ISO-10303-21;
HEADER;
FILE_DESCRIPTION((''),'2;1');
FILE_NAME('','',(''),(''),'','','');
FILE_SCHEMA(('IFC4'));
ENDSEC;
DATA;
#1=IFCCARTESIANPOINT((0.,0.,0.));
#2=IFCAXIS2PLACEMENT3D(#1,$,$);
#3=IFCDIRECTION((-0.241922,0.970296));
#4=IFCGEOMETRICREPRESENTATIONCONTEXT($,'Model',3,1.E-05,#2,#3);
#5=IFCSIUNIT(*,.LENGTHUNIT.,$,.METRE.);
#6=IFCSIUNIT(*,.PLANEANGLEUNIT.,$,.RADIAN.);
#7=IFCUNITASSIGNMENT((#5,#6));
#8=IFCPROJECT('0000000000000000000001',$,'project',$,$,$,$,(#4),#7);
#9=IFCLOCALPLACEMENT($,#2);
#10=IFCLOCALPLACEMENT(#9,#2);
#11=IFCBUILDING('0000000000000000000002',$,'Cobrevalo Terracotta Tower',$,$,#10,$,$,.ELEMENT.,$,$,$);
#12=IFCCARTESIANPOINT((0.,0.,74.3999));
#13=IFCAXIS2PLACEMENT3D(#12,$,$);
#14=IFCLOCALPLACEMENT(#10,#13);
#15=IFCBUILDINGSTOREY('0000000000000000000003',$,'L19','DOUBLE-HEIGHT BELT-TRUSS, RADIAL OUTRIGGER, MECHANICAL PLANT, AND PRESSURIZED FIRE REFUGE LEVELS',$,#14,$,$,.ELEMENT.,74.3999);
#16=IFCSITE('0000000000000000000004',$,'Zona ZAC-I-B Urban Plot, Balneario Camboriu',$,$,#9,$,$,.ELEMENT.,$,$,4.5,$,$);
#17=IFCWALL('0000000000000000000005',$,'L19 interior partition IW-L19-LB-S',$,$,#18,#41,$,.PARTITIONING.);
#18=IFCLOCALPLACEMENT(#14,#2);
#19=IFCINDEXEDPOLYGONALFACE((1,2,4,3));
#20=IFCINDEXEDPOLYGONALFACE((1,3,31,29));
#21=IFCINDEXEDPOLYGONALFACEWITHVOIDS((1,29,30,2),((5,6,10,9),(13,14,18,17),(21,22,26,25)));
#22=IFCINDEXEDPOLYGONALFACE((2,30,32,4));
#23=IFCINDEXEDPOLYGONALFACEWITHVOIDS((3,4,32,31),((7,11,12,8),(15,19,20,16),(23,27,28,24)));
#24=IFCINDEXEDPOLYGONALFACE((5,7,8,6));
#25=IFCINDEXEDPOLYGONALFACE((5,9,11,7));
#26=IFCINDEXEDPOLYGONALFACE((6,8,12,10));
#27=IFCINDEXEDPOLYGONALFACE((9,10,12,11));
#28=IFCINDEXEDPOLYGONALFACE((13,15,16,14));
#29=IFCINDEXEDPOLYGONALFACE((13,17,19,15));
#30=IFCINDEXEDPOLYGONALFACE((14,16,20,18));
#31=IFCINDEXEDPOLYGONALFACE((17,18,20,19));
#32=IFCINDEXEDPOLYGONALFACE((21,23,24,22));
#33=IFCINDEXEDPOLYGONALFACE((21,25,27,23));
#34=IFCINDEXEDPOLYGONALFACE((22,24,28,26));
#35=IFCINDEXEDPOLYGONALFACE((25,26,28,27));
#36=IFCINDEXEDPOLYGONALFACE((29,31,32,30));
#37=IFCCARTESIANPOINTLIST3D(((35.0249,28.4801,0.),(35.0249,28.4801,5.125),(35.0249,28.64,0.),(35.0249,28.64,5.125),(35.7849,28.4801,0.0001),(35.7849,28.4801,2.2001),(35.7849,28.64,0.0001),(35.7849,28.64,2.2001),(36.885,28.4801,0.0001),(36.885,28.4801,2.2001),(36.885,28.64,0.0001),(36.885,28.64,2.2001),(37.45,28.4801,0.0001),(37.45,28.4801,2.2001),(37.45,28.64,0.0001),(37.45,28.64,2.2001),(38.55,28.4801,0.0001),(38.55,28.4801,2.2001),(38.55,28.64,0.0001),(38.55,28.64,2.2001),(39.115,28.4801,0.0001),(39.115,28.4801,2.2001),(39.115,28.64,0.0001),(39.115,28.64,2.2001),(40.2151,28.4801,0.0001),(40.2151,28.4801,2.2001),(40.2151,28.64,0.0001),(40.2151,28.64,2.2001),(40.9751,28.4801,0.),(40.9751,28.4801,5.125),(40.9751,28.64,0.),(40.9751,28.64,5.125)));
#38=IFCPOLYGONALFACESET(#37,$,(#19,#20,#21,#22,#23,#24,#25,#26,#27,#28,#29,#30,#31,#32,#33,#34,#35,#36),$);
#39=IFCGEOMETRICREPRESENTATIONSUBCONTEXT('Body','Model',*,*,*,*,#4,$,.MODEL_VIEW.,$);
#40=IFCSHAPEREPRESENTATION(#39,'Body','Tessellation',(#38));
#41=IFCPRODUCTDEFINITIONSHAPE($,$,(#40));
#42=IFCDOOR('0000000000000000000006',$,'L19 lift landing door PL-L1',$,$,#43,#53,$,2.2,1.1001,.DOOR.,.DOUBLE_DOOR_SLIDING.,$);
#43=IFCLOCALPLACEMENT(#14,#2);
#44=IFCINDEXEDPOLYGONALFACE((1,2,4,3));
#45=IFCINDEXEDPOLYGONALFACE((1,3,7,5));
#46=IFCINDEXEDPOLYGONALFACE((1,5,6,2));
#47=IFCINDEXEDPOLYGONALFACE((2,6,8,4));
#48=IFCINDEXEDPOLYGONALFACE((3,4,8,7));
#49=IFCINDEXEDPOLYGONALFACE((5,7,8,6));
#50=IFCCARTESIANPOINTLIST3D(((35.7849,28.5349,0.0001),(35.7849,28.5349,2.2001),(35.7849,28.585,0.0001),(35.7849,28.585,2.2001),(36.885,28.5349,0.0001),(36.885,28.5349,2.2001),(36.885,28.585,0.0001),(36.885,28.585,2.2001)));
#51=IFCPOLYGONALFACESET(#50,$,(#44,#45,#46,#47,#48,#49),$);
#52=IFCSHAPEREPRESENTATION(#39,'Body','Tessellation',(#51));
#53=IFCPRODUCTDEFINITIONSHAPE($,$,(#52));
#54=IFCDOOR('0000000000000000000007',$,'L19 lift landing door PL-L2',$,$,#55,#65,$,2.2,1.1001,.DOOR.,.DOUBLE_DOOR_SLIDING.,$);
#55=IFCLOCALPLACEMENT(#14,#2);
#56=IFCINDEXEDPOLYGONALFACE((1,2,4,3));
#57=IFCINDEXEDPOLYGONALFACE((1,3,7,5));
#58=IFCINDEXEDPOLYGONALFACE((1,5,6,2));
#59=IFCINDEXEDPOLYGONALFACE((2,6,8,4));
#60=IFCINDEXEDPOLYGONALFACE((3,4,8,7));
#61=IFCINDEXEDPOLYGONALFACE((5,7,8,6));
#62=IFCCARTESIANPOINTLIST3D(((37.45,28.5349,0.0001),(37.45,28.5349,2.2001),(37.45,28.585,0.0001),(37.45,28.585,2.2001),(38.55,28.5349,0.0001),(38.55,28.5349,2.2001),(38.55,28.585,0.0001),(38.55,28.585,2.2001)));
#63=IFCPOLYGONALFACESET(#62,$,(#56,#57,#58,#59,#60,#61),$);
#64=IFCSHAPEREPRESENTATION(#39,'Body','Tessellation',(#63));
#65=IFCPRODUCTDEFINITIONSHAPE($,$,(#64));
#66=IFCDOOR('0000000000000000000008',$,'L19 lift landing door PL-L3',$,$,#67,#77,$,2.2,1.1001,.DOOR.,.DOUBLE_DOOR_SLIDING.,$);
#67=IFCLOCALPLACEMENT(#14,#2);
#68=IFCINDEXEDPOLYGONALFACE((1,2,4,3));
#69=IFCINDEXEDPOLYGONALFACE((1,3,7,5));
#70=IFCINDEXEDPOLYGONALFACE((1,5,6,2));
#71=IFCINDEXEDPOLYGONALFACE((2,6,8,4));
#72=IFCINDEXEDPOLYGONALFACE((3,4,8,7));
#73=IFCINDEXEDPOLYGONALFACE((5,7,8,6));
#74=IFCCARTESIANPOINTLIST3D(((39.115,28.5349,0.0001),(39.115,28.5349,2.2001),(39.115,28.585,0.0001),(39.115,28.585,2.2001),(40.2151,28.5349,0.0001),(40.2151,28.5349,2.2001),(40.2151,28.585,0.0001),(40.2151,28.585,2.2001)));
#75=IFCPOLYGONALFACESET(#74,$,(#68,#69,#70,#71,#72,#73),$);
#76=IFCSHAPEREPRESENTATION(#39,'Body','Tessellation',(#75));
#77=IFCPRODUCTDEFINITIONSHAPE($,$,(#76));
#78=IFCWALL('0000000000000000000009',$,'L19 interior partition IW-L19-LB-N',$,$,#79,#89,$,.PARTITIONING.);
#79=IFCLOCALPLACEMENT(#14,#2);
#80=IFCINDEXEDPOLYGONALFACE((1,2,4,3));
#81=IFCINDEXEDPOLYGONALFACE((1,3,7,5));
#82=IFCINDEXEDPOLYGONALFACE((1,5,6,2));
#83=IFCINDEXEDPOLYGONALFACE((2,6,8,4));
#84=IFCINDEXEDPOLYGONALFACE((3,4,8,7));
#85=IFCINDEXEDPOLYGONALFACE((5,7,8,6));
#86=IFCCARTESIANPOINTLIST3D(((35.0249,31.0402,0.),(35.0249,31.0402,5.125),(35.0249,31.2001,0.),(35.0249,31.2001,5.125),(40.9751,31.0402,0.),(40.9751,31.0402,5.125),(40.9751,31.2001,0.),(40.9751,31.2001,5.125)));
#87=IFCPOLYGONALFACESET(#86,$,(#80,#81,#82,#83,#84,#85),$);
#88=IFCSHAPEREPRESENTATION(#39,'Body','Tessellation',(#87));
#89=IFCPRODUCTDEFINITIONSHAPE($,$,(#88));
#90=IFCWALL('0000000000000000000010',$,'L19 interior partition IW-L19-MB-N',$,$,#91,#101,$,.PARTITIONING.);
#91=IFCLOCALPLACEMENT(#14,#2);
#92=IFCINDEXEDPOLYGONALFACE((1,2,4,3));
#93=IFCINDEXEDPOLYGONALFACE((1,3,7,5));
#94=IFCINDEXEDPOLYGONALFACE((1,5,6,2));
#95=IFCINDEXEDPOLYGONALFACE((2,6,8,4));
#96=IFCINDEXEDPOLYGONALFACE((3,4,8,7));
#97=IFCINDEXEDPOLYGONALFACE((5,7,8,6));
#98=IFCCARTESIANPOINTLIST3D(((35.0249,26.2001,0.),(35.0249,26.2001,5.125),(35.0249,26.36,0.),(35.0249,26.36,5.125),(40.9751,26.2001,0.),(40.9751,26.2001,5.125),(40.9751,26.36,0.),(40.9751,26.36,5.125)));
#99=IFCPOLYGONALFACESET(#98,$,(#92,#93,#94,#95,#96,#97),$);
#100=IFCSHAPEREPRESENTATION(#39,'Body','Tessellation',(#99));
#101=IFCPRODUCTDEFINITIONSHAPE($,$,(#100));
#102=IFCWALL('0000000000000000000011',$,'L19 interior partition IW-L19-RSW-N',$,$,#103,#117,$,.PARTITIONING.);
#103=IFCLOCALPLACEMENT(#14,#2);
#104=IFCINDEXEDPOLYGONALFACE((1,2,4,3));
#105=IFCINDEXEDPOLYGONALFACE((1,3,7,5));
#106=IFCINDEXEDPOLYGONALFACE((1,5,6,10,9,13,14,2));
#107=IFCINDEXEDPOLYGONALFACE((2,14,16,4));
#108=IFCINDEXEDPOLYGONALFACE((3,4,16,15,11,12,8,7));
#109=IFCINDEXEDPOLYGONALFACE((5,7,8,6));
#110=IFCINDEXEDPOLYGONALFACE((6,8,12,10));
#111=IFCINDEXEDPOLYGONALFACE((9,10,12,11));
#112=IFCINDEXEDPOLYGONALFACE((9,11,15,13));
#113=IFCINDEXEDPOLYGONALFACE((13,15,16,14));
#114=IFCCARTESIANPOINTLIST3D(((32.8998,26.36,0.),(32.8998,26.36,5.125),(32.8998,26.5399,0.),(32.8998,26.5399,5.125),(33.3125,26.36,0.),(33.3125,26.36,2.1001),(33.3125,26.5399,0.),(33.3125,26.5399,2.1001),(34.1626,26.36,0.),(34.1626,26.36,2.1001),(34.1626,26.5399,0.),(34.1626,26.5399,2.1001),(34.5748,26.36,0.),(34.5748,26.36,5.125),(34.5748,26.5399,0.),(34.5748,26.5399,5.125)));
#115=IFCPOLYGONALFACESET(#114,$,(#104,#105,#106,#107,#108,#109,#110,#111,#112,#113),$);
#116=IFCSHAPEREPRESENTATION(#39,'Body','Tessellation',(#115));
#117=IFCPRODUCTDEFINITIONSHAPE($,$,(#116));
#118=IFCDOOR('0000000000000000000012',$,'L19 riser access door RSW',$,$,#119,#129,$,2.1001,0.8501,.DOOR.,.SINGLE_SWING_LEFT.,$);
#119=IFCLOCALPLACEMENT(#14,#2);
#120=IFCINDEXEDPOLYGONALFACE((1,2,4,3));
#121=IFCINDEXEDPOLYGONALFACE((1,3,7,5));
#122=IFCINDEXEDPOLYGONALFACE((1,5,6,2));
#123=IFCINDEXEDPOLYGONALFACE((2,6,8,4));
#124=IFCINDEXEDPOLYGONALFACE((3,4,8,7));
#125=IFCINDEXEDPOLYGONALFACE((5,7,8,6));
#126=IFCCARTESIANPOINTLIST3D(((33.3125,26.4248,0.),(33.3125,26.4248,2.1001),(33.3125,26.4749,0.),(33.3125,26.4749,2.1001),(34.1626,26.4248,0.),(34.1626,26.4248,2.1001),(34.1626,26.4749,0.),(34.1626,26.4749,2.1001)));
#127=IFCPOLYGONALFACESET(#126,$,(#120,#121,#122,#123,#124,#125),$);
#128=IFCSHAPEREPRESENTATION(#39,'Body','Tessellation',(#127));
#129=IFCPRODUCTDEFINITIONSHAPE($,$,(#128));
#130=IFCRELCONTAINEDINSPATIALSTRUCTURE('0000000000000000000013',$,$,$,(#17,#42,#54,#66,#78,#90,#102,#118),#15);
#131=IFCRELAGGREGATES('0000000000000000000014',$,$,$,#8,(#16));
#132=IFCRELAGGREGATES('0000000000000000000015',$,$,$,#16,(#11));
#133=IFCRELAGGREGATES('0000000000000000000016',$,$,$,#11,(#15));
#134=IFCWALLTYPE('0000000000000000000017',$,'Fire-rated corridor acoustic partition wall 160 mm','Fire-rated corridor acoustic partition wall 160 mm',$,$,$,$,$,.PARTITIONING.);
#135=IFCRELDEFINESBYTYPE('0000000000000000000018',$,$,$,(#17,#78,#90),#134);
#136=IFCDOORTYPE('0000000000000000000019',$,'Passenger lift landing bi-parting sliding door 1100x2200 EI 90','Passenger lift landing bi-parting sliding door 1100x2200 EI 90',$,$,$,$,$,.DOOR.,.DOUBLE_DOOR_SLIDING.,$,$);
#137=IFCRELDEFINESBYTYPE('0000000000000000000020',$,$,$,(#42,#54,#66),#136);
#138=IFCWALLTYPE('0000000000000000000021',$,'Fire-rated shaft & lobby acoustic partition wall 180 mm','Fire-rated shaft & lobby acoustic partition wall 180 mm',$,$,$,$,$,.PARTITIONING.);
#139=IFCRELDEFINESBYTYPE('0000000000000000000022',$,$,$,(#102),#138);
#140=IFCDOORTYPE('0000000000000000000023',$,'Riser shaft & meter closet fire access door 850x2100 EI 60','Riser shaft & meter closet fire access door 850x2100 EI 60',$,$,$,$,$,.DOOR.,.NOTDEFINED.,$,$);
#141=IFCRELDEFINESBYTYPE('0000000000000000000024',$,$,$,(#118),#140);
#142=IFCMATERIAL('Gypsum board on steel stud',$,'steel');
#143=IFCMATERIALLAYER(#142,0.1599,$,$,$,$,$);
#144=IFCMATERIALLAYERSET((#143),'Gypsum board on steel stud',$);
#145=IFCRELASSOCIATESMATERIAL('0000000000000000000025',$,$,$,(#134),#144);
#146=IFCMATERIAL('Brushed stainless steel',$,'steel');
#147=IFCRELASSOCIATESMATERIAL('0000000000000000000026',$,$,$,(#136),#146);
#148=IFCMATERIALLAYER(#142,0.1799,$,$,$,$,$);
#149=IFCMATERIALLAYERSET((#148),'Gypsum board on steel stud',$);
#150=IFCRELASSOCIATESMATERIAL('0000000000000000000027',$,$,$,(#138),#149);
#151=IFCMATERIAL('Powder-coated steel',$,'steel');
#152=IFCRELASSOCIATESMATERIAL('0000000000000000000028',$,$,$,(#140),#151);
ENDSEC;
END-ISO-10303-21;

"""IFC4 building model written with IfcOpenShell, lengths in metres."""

from ifc_helpers import new_model, si_unit, direction, frame, frame_2d, origin, place, context, subcontext, project, spatial, rectangle, extrude, source, transform, mapped, material, layer, layer_set, type_object, element, fill, save


model = new_model("IFC4")

# Units and contexts
model_context = context("Model", 3, precision=1e-05, world=origin(), true_north=direction((-0.241922, 0.970296)))
body_context = subcontext(model_context, "Body", "Model", "MODEL_VIEW")
ifc_project = project(units=[si_unit("LENGTHUNIT", "METRE"), si_unit("PLANEANGLEUNIT", "RADIAN")], contexts=[model_context])

# Site, building, storey
site_placement = place(None, origin())
site = spatial("IfcSite", under=ifc_project, at=site_placement, Name="Zona ZAC-I-B Urban Plot, Balneario Camboriu", CompositionType="ELEMENT", RefElevation=4.5)
building_placement = place(site_placement, origin())
building = spatial("IfcBuilding", under=site, at=building_placement, Name="Cobrevalo Terracotta Tower", CompositionType="ELEMENT")
storey_placement = place(building_placement, frame((0.0, 0.0, 74.3999)))
storey = spatial("IfcBuildingStorey", under=building, at=storey_placement, Name="L19", Description="DOUBLE-HEIGHT BELT-TRUSS, RADIAL OUTRIGGER, MECHANICAL PLANT, AND PRESSURIZED FIRE REFUGE LEVELS", CompositionType="ELEMENT", Elevation=74.3999)

# Shared definitions
ifc_material_1 = material(Name="Gypsum board on steel stud", Category="steel")
ifc_layer_1 = layer(ifc_material_1, 0.1599)
ifc_layer_set_1 = layer_set([ifc_layer_1], Name="Gypsum board on steel stud")
wall_type_1 = type_object("IfcWallType", Name="Fire-rated corridor acoustic partition wall 160 mm", Description="Fire-rated corridor acoustic partition wall 160 mm", PredefinedType="PARTITIONING", material=ifc_layer_set_1)

# Wall, openings, doors
wall_1_placement = place(storey_placement, frame((35.0249, 28.5601, 0.0), z_axis=(0.0, 0.0, 1.0), x_axis=(1.0, 0.0, 0.0)))
wall_1 = element("IfcWall", 1, at=wall_1_placement, inside=storey, type_object=wall_type_1, Name="L19 interior partition IW-L19-LB-S", PredefinedType="PARTITIONING", context=body_context, shape_type="SweptSolid", body=[
    extrude(rectangle(XDim=5.9502, YDim=0.1599, at=frame_2d((2.9751, 0.0))), origin(), (0.0, 0.0, 1.0), 5.125),
])
opening_1_placement = place(wall_1_placement, frame((0.76, 0.0, 0.0)))
opening_1 = element("IfcOpeningElement", 2, at=opening_1_placement, cuts=wall_1, PredefinedType="OPENING", context=body_context, shape_type="SweptSolid", body=[
    extrude(rectangle(XDim=1.1001, YDim=2.2, at=frame_2d((0.55, 1.1001))), frame((0.0, 0.0898, 0.0), z_axis=(0.0, -1.0, 0.0), x_axis=(1.0, 0.0, 0.0)), (0.0, 0.0, 1.0), 0.1799),
])
opening_2_placement = place(wall_1_placement, frame((2.425, 0.0, 0.0)))
opening_2 = element("IfcOpeningElement", 3, at=opening_2_placement, cuts=wall_1, PredefinedType="OPENING", context=body_context, shape_type="SweptSolid", body=[
    extrude(rectangle(XDim=1.1001, YDim=2.2, at=frame_2d((0.55, 1.1001))), frame((0.0, 0.0898, 0.0), z_axis=(0.0, -1.0, 0.0), x_axis=(1.0, 0.0, 0.0)), (0.0, 0.0, 1.0), 0.1799),
])
opening_3_placement = place(wall_1_placement, frame((4.0901, 0.0, 0.0)))
opening_3 = element("IfcOpeningElement", 4, at=opening_3_placement, cuts=wall_1, PredefinedType="OPENING", context=body_context, shape_type="SweptSolid", body=[
    extrude(rectangle(XDim=1.1001, YDim=2.2, at=frame_2d((0.55, 1.1001))), frame((0.0, 0.0898, 0.0), z_axis=(0.0, -1.0, 0.0), x_axis=(1.0, 0.0, 0.0)), (0.0, 0.0, 1.0), 0.1799),
])
ifc_material_2 = material(Name="Brushed stainless steel", Category="steel")
door_type_1 = type_object("IfcDoorType", Name="Passenger lift landing bi-parting sliding door 1100x2200 EI 90", Description="Passenger lift landing bi-parting sliding door 1100x2200 EI 90", OperationType="DOUBLE_DOOR_SLIDING", PredefinedType="DOOR", material=ifc_material_2)
shared_shape_1 = source(origin(), body_context, "Body", "SweptSolid", [
    extrude(rectangle(XDim=1.1001, YDim=2.2, at=frame_2d((0.55, 1.1001))), frame((0.0, 0.0249, 0.0), z_axis=(0.0, -1.0, 0.0), x_axis=(1.0, 0.0, 0.0)), (0.0, 0.0, 1.0), 0.05),
])
door_1_placement = place(opening_1_placement, origin())
door_1 = element("IfcDoor", 5, at=door_1_placement, inside=storey, type_object=door_type_1, Name="L19 lift landing door PL-L1", OperationType="DOUBLE_DOOR_SLIDING", OverallHeight=2.2, OverallWidth=1.1001, PredefinedType="DOOR", context=body_context, shape_type="MappedRepresentation", body=[
    mapped(shared_shape_1, transform((0.0, 0.0, 0.0), scale=1.0)),
])
fill(opening_1, door_1)
door_2_placement = place(opening_2_placement, origin())
door_2 = element("IfcDoor", 6, at=door_2_placement, inside=storey, type_object=door_type_1, Name="L19 lift landing door PL-L2", OperationType="DOUBLE_DOOR_SLIDING", OverallHeight=2.2, OverallWidth=1.1001, PredefinedType="DOOR", context=body_context, shape_type="MappedRepresentation", body=[
    mapped(shared_shape_1, transform((0.0, 0.0, 0.0), scale=1.0)),
])
fill(opening_2, door_2)
door_3_placement = place(opening_3_placement, origin())
door_3 = element("IfcDoor", 7, at=door_3_placement, inside=storey, type_object=door_type_1, Name="L19 lift landing door PL-L3", OperationType="DOUBLE_DOOR_SLIDING", OverallHeight=2.2, OverallWidth=1.1001, PredefinedType="DOOR", context=body_context, shape_type="MappedRepresentation", body=[
    mapped(shared_shape_1, transform((0.0, 0.0, 0.0), scale=1.0)),
])
fill(opening_3, door_3)

# Walls
for number, where, z_axis, x_axis, name in (
    (8, (35.0249, 31.1201, 0.0), (0.0, 0.0, 1.0), (1.0, 0.0, 0.0), "L19 interior partition IW-L19-LB-N"),
    (9, (35.0249, 26.28, 0.0), (0.0, 0.0, 1.0), (1.0, 0.0, 0.0), "L19 interior partition IW-L19-MB-N"),
):
    element("IfcWall", number, at=place(storey_placement, frame(where, z_axis=z_axis, x_axis=x_axis)), inside=storey, type_object=wall_type_1, Name=name, PredefinedType="PARTITIONING", context=body_context, shape_type="SweptSolid", body=[
        extrude(rectangle(XDim=5.9502, YDim=0.1599, at=frame_2d((2.9751, 0.0))), origin(), (0.0, 0.0, 1.0), 5.125),
    ])

# Wall, opening, door
ifc_layer_2 = layer(ifc_material_1, 0.1799)
ifc_layer_set_2 = layer_set([ifc_layer_2], Name="Gypsum board on steel stud")
wall_type_2 = type_object("IfcWallType", Name="Fire-rated shaft & lobby acoustic partition wall 180 mm", Description="Fire-rated shaft & lobby acoustic partition wall 180 mm", PredefinedType="PARTITIONING", material=ifc_layer_set_2)
wall_2_placement = place(storey_placement, frame((32.8999, 26.45, 0.0), z_axis=(0.0, 0.0, 1.0), x_axis=(1.0, 0.0, 0.0)))
wall_2 = element("IfcWall", 10, at=wall_2_placement, inside=storey, type_object=wall_type_2, Name="L19 interior partition IW-L19-RSW-N", PredefinedType="PARTITIONING", context=body_context, shape_type="SweptSolid", body=[
    extrude(rectangle(XDim=1.675, YDim=0.1799, at=frame_2d((0.8374, 0.0))), origin(), (0.0, 0.0, 1.0), 5.125),
])
opening_4_placement = place(wall_2_placement, frame((0.4126, 0.0, 0.0)))
opening_4 = element("IfcOpeningElement", 11, at=opening_4_placement, cuts=wall_2, PredefinedType="OPENING", context=body_context, shape_type="SweptSolid", body=[
    extrude(rectangle(XDim=0.8501, YDim=2.1001, at=frame_2d((0.425, 1.05))), frame((0.0, 0.1001, 0.0), z_axis=(0.0, -1.0, 0.0), x_axis=(1.0, 0.0, 0.0)), (0.0, 0.0, 1.0), 0.2),
])
ifc_material_3 = material(Name="Powder-coated steel", Category="steel")
door_type_2 = type_object("IfcDoorType", Name="Riser shaft & meter closet fire access door 850x2100 EI 60", Description="Riser shaft & meter closet fire access door 850x2100 EI 60", OperationType="NOTDEFINED", PredefinedType="DOOR", material=ifc_material_3)
shared_shape_2 = source(origin(), body_context, "Body", "SweptSolid", [
    extrude(rectangle(XDim=0.8501, YDim=2.1001, at=frame_2d((0.425, 1.05))), frame((0.0, 0.0249, 0.0), z_axis=(0.0, -1.0, 0.0), x_axis=(1.0, 0.0, 0.0)), (0.0, 0.0, 1.0), 0.05),
])
door_4_placement = place(opening_4_placement, origin())
door_4 = element("IfcDoor", 12, at=door_4_placement, inside=storey, type_object=door_type_2, Name="L19 riser access door RSW", OperationType="SINGLE_SWING_LEFT", OverallHeight=2.1001, OverallWidth=0.8501, PredefinedType="DOOR", context=body_context, shape_type="MappedRepresentation", body=[
    mapped(shared_shape_2, transform((0.0, 0.0, 0.0), scale=1.0)),
])
fill(opening_4, door_4)

save(model, "model.ifc")
